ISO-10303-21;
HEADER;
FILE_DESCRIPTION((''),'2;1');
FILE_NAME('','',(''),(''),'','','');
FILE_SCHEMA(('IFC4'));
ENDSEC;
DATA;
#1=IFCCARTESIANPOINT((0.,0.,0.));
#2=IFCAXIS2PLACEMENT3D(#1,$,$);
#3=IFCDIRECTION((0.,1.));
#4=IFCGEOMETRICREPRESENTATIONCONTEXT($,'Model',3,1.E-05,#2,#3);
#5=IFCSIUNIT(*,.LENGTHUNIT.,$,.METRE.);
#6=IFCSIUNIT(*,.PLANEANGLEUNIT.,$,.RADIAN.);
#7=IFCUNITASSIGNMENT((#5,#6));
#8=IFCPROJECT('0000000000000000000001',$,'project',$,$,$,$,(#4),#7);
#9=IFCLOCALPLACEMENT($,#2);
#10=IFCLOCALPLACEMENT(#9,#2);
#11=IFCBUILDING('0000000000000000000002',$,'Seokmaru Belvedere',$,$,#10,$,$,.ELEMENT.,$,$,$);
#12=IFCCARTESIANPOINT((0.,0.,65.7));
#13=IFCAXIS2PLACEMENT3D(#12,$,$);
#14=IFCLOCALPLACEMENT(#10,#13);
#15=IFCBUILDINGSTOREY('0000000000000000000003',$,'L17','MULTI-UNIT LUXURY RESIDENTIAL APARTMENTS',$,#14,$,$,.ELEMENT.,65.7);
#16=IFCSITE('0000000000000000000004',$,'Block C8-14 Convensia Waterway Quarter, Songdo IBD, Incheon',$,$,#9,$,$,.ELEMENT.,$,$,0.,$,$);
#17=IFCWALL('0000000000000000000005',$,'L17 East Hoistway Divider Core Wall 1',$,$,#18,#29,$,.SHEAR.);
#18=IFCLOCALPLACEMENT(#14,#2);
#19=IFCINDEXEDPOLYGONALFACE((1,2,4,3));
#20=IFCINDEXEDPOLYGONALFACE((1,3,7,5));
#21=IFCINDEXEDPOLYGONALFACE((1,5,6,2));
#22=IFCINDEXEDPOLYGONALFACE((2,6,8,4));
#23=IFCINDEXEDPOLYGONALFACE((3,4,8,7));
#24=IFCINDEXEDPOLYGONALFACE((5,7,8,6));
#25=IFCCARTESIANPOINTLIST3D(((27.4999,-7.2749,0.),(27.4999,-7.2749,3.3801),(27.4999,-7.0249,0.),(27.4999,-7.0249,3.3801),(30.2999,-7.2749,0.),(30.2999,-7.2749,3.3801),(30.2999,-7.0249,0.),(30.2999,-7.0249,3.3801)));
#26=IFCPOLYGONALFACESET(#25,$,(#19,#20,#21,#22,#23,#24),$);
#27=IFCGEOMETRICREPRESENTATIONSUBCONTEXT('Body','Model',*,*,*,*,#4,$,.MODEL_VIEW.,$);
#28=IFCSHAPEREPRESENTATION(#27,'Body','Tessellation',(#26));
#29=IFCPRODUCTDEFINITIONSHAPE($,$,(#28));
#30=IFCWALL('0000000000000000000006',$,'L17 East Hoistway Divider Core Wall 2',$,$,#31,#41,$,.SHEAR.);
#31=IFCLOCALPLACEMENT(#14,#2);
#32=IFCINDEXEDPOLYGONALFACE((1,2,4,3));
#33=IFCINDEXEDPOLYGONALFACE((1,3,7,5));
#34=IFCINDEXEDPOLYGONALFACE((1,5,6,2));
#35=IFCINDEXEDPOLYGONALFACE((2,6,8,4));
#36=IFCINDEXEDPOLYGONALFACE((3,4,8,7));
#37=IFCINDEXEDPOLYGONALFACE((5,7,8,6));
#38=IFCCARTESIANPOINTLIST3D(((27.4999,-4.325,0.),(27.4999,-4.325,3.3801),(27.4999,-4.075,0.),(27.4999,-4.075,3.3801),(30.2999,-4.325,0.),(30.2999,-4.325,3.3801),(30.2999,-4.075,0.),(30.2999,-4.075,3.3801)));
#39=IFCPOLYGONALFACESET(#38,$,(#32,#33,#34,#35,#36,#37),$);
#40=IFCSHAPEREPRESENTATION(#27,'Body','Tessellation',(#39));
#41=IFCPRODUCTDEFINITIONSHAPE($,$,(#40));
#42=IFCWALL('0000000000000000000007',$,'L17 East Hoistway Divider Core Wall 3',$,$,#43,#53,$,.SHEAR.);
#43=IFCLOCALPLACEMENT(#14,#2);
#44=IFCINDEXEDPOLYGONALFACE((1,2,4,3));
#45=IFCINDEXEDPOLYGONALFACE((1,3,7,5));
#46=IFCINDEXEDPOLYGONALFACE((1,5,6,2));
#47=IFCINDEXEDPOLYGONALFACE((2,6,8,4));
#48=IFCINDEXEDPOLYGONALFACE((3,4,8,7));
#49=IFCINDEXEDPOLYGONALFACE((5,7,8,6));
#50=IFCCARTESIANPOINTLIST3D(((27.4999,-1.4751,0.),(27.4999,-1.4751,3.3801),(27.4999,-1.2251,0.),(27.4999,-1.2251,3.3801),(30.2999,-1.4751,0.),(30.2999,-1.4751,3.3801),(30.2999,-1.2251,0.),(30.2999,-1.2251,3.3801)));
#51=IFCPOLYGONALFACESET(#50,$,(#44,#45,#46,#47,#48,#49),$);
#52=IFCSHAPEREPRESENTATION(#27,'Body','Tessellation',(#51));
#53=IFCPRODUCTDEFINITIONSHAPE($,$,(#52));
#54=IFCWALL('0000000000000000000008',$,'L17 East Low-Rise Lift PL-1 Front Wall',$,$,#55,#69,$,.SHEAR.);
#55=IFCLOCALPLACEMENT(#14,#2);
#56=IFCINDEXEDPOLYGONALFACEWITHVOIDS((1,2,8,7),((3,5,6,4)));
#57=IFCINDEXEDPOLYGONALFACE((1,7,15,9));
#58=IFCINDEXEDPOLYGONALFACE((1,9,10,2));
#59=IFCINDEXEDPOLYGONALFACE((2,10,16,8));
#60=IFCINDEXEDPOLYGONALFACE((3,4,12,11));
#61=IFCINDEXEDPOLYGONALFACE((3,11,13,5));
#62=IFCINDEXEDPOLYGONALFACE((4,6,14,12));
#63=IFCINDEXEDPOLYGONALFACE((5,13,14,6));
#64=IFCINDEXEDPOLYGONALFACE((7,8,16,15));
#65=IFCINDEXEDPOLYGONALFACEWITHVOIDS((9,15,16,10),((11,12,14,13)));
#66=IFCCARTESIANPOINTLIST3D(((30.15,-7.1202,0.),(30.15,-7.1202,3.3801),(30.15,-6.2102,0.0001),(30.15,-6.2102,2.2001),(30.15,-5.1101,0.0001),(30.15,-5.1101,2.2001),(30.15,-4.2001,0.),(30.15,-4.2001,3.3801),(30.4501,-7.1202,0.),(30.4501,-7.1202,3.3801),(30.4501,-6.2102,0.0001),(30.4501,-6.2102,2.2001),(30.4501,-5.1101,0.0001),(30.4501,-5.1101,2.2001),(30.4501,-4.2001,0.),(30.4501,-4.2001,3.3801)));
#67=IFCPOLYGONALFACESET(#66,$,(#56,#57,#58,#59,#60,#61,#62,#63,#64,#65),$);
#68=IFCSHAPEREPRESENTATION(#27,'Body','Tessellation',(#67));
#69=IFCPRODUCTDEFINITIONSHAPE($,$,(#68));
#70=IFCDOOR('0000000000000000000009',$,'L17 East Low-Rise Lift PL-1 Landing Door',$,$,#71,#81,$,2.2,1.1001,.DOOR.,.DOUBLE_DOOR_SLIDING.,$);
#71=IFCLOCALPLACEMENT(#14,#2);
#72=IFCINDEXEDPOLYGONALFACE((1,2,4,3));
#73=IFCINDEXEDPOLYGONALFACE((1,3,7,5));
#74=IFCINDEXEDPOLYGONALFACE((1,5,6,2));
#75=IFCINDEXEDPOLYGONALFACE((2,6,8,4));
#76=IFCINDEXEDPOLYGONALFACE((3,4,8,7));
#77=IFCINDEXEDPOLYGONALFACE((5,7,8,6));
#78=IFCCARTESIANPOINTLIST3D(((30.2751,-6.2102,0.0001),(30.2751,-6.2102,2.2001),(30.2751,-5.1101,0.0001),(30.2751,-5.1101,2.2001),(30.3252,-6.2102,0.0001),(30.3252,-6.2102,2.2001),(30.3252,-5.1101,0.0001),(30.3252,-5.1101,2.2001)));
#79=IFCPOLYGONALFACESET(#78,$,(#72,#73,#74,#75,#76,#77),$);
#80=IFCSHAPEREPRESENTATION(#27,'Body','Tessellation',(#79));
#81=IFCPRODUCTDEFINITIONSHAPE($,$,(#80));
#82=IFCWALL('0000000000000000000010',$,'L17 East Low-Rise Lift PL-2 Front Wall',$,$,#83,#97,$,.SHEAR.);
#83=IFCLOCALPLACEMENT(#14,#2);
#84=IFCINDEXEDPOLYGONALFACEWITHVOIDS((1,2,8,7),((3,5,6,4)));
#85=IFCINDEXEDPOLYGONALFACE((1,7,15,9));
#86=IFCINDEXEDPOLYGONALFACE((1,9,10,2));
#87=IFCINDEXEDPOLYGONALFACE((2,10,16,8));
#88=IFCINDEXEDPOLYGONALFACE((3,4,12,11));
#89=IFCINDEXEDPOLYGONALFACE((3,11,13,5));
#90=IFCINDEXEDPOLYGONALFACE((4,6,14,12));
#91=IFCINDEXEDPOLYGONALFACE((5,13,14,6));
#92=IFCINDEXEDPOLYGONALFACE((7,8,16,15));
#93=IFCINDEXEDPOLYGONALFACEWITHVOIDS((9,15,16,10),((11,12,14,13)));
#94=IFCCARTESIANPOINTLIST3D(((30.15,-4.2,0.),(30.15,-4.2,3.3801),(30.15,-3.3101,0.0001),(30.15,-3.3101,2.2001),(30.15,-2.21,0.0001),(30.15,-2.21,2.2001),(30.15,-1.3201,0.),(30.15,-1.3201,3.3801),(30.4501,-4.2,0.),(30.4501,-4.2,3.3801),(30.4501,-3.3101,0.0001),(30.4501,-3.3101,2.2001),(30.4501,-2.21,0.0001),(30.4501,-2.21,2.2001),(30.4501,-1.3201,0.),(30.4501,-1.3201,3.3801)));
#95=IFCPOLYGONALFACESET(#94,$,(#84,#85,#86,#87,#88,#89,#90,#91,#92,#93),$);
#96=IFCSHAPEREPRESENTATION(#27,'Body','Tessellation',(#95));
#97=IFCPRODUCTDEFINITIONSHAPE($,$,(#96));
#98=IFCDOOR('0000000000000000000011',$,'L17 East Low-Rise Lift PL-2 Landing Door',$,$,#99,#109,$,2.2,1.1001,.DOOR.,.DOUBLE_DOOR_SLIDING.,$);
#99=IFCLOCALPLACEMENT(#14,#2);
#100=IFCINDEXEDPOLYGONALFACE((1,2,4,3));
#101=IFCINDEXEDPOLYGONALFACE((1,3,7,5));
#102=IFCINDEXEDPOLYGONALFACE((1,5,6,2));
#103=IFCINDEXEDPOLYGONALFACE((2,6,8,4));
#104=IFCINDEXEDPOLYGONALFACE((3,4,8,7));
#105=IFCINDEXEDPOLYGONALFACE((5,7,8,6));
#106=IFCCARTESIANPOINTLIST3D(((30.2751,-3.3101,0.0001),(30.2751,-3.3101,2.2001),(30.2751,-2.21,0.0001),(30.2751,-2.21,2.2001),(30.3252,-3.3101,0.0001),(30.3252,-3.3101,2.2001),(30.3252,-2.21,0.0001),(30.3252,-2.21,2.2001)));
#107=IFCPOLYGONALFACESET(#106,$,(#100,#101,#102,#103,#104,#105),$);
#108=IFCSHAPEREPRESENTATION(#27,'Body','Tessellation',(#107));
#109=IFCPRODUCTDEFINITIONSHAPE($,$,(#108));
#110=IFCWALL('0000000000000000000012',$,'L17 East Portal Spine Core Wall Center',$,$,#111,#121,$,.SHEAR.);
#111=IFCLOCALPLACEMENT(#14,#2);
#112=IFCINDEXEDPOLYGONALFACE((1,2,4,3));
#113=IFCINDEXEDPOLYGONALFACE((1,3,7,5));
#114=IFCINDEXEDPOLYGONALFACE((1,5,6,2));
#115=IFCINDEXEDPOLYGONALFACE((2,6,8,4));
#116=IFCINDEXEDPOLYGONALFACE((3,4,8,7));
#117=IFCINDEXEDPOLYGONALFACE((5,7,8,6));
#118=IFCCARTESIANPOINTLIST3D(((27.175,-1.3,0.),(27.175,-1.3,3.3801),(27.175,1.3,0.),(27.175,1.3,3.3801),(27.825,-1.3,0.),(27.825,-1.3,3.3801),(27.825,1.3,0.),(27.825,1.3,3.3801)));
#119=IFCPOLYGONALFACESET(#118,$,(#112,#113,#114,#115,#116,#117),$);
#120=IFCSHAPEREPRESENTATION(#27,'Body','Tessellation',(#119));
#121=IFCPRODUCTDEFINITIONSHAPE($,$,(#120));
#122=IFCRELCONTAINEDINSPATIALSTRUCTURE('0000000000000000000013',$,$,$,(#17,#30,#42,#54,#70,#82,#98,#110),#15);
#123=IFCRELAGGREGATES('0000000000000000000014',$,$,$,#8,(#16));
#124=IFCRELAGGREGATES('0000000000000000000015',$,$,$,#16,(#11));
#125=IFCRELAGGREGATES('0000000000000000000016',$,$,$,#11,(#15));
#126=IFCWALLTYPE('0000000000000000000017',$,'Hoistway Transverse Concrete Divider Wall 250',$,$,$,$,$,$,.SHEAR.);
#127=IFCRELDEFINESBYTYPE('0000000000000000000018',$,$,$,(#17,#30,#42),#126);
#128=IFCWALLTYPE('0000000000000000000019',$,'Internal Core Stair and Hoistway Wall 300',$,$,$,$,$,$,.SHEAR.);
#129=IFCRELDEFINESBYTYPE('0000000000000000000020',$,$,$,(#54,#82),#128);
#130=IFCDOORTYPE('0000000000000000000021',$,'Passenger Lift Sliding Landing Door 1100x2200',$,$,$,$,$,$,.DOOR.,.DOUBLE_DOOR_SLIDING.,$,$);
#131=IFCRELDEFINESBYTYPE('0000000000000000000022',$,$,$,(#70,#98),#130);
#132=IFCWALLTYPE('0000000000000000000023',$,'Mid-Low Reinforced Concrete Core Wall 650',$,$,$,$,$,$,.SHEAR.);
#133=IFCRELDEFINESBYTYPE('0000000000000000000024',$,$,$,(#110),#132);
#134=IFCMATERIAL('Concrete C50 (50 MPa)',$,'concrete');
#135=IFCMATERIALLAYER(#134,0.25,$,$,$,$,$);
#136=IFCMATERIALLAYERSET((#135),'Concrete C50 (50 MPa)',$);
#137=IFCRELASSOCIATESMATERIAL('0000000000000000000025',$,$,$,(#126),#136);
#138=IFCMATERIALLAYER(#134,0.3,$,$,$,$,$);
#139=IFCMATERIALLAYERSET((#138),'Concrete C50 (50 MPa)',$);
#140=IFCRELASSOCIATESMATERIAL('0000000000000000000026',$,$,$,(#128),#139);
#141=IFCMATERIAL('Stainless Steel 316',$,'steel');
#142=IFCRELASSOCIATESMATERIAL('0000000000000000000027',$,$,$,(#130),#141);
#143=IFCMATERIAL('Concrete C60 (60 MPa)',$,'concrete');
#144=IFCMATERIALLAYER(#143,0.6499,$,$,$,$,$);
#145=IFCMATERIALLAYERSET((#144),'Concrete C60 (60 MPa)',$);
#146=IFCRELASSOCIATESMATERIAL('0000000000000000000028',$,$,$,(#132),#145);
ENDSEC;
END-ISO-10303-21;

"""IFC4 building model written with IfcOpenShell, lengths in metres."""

from ifc_helpers import new_model, si_unit, direction, frame, frame_2d, origin, place, context, subcontext, project, spatial, rectangle, extrude, source, transform, mapped, material, layer, layer_set, type_object, type_shapes, element, fill, save


model = new_model("IFC4")

# Units and contexts
model_context = context("Model", 3, precision=1e-05, world=origin(), true_north=direction((0.0, 1.0)))
body_context = subcontext(model_context, "Body", "Model", "MODEL_VIEW")
ifc_project = project(units=[si_unit("LENGTHUNIT", "METRE"), si_unit("PLANEANGLEUNIT", "RADIAN")], contexts=[model_context])

# Site, building, storey
site_placement = place(None, origin())
site = spatial("IfcSite", under=ifc_project, at=site_placement, Name="Block C8-14 Convensia Waterway Quarter, Songdo IBD, Incheon", CompositionType="ELEMENT", RefElevation=0.0)
building_placement = place(site_placement, origin())
building = spatial("IfcBuilding", under=site, at=building_placement, Name="Seokmaru Belvedere", CompositionType="ELEMENT")
storey_placement = place(building_placement, frame((0.0, 0.0, 65.7)))
storey = spatial("IfcBuildingStorey", under=building, at=storey_placement, Name="L17", Description="MULTI-UNIT LUXURY RESIDENTIAL APARTMENTS", CompositionType="ELEMENT", Elevation=65.7)

# Walls
ifc_material_1 = material(Name="Concrete C50 (50 MPa)", Category="concrete")
ifc_layer_1 = layer(ifc_material_1, 0.25)
ifc_layer_set_1 = layer_set([ifc_layer_1], Name="Concrete C50 (50 MPa)")
wall_type_1 = type_object("IfcWallType", Name="Hoistway Transverse Concrete Divider Wall 250", PredefinedType="SHEAR", material=ifc_layer_set_1)
for number, where, z_axis, x_axis, name in (
    (1, (27.5, -7.1499, 0.0), (0.0, 0.0, 1.0), (1.0, 0.0, 0.0), "L17 East Hoistway Divider Core Wall 1"),
    (2, (27.5, -4.2, 0.0), (0.0, 0.0, 1.0), (1.0, 0.0, 0.0), "L17 East Hoistway Divider Core Wall 2"),
    (3, (27.5, -1.3501, 0.0), (0.0, 0.0, 1.0), (1.0, 0.0, 0.0), "L17 East Hoistway Divider Core Wall 3"),
):
    element("IfcWall", number, at=place(storey_placement, frame(where, z_axis=z_axis, x_axis=x_axis)), inside=storey, type_object=wall_type_1, Name=name, PredefinedType="SHEAR", context=body_context, shape_type="SweptSolid", body=[
        extrude(rectangle(XDim=2.8, YDim=0.25, at=frame_2d((1.3999, 0.0))), origin(), (0.0, 0.0, 1.0), 3.3801),
    ])

# Walls, openings, doors
ifc_layer_2 = layer(ifc_material_1, 0.3)
ifc_layer_set_2 = layer_set([ifc_layer_2], Name="Concrete C50 (50 MPa)")
wall_type_2 = type_object("IfcWallType", Name="Internal Core Stair and Hoistway Wall 300", PredefinedType="SHEAR", material=ifc_layer_set_2)
wall_1_placement = place(storey_placement, frame((30.3, -7.1201, 0.0), z_axis=(0.0, 0.0, 1.0), x_axis=(0.0, 1.0, 0.0)))
wall_1 = element("IfcWall", 4, at=wall_1_placement, inside=storey, type_object=wall_type_2, Name="L17 East Low-Rise Lift PL-1 Front Wall", PredefinedType="SHEAR", context=body_context, shape_type="SweptSolid", body=[
    extrude(rectangle(XDim=2.9202, YDim=0.3, at=frame_2d((1.46, 0.0))), origin(), (0.0, 0.0, 1.0), 3.3801),
])
opening_1_placement = place(wall_1_placement, frame((0.9099, 0.0, 0.0)))
opening_1 = element("IfcOpeningElement", 5, at=opening_1_placement, cuts=wall_1, PredefinedType="OPENING", context=body_context, shape_type="SweptSolid", body=[
    extrude(rectangle(XDim=1.1001, YDim=2.2, at=frame_2d((0.55, 1.1001))), frame((0.0, 0.1602, 0.0), z_axis=(0.0, -1.0, 0.0), x_axis=(1.0, 0.0, 0.0)), (0.0, 0.0, 1.0), 0.3201),
])
ifc_material_2 = material(Name="Stainless Steel 316", Category="steel")
door_type_1 = type_object("IfcDoorType", Name="Passenger Lift Sliding Landing Door 1100x2200", OperationType="DOUBLE_DOOR_SLIDING", PredefinedType="DOOR", material=ifc_material_2)
shared_shape_1 = source(origin(), body_context, "Body", "SweptSolid", [
    extrude(rectangle(XDim=1.1001, YDim=2.2, at=frame_2d((0.55, 1.1001))), frame((0.0, 0.0249, 0.0), z_axis=(0.0, -1.0, 0.0), x_axis=(1.0, 0.0, 0.0)), (0.0, 0.0, 1.0), 0.05),
])
type_shapes(door_type_1, [shared_shape_1])
door_1_placement = place(opening_1_placement, origin())
door_1 = element("IfcDoor", 6, at=door_1_placement, inside=storey, type_object=door_type_1, Name="L17 East Low-Rise Lift PL-1 Landing Door", OperationType="DOUBLE_DOOR_SLIDING", OverallHeight=2.2, OverallWidth=1.1001, PredefinedType="DOOR", context=body_context, shape_type="MappedRepresentation", body=[
    mapped(shared_shape_1, transform((0.0, 0.0, 0.0), scale=1.0)),
])
fill(opening_1, door_1)
wall_2_placement = place(storey_placement, frame((30.3, -4.2, 0.0), z_axis=(0.0, 0.0, 1.0), x_axis=(0.0, 1.0, 0.0)))
wall_2 = element("IfcWall", 7, at=wall_2_placement, inside=storey, type_object=wall_type_2, Name="L17 East Low-Rise Lift PL-2 Front Wall", PredefinedType="SHEAR", context=body_context, shape_type="SweptSolid", body=[
    extrude(rectangle(XDim=2.8799, YDim=0.3, at=frame_2d((1.4399, 0.0))), origin(), (0.0, 0.0, 1.0), 3.3801),
])
opening_2_placement = place(wall_2_placement, frame((0.8899, 0.0, 0.0)))
opening_2 = element("IfcOpeningElement", 8, at=opening_2_placement, cuts=wall_2, PredefinedType="OPENING", context=body_context, shape_type="SweptSolid", body=[
    extrude(rectangle(XDim=1.1001, YDim=2.2, at=frame_2d((0.55, 1.1001))), frame((0.0, 0.1602, 0.0), z_axis=(0.0, -1.0, 0.0), x_axis=(1.0, 0.0, 0.0)), (0.0, 0.0, 1.0), 0.3201),
])
door_2_placement = place(opening_2_placement, origin())
door_2 = element("IfcDoor", 9, at=door_2_placement, inside=storey, type_object=door_type_1, Name="L17 East Low-Rise Lift PL-2 Landing Door", OperationType="DOUBLE_DOOR_SLIDING", OverallHeight=2.2, OverallWidth=1.1001, PredefinedType="DOOR", context=body_context, shape_type="MappedRepresentation", body=[
    mapped(shared_shape_1, transform((0.0, 0.0, 0.0), scale=1.0)),
])
fill(opening_2, door_2)

# Wall
ifc_material_3 = material(Name="Concrete C60 (60 MPa)", Category="concrete")
ifc_layer_3 = layer(ifc_material_3, 0.6499)
ifc_layer_set_3 = layer_set([ifc_layer_3], Name="Concrete C60 (60 MPa)")
wall_type_3 = type_object("IfcWallType", Name="Mid-Low Reinforced Concrete Core Wall 650", PredefinedType="SHEAR", material=ifc_layer_set_3)
wall_3_placement = place(storey_placement, frame((27.5, -1.3, 0.0), z_axis=(0.0, 0.0, 1.0), x_axis=(0.0, 1.0, 0.0)))
element("IfcWall", 10, at=wall_3_placement, inside=storey, type_object=wall_type_3, Name="L17 East Portal Spine Core Wall Center", PredefinedType="SHEAR", context=body_context, shape_type="SweptSolid", body=[
    extrude(rectangle(XDim=2.6001, YDim=0.6499, at=frame_2d((1.3, 0.0))), origin(), (0.0, 0.0, 1.0), 3.3801),
])

save(model, "model.ifc")
